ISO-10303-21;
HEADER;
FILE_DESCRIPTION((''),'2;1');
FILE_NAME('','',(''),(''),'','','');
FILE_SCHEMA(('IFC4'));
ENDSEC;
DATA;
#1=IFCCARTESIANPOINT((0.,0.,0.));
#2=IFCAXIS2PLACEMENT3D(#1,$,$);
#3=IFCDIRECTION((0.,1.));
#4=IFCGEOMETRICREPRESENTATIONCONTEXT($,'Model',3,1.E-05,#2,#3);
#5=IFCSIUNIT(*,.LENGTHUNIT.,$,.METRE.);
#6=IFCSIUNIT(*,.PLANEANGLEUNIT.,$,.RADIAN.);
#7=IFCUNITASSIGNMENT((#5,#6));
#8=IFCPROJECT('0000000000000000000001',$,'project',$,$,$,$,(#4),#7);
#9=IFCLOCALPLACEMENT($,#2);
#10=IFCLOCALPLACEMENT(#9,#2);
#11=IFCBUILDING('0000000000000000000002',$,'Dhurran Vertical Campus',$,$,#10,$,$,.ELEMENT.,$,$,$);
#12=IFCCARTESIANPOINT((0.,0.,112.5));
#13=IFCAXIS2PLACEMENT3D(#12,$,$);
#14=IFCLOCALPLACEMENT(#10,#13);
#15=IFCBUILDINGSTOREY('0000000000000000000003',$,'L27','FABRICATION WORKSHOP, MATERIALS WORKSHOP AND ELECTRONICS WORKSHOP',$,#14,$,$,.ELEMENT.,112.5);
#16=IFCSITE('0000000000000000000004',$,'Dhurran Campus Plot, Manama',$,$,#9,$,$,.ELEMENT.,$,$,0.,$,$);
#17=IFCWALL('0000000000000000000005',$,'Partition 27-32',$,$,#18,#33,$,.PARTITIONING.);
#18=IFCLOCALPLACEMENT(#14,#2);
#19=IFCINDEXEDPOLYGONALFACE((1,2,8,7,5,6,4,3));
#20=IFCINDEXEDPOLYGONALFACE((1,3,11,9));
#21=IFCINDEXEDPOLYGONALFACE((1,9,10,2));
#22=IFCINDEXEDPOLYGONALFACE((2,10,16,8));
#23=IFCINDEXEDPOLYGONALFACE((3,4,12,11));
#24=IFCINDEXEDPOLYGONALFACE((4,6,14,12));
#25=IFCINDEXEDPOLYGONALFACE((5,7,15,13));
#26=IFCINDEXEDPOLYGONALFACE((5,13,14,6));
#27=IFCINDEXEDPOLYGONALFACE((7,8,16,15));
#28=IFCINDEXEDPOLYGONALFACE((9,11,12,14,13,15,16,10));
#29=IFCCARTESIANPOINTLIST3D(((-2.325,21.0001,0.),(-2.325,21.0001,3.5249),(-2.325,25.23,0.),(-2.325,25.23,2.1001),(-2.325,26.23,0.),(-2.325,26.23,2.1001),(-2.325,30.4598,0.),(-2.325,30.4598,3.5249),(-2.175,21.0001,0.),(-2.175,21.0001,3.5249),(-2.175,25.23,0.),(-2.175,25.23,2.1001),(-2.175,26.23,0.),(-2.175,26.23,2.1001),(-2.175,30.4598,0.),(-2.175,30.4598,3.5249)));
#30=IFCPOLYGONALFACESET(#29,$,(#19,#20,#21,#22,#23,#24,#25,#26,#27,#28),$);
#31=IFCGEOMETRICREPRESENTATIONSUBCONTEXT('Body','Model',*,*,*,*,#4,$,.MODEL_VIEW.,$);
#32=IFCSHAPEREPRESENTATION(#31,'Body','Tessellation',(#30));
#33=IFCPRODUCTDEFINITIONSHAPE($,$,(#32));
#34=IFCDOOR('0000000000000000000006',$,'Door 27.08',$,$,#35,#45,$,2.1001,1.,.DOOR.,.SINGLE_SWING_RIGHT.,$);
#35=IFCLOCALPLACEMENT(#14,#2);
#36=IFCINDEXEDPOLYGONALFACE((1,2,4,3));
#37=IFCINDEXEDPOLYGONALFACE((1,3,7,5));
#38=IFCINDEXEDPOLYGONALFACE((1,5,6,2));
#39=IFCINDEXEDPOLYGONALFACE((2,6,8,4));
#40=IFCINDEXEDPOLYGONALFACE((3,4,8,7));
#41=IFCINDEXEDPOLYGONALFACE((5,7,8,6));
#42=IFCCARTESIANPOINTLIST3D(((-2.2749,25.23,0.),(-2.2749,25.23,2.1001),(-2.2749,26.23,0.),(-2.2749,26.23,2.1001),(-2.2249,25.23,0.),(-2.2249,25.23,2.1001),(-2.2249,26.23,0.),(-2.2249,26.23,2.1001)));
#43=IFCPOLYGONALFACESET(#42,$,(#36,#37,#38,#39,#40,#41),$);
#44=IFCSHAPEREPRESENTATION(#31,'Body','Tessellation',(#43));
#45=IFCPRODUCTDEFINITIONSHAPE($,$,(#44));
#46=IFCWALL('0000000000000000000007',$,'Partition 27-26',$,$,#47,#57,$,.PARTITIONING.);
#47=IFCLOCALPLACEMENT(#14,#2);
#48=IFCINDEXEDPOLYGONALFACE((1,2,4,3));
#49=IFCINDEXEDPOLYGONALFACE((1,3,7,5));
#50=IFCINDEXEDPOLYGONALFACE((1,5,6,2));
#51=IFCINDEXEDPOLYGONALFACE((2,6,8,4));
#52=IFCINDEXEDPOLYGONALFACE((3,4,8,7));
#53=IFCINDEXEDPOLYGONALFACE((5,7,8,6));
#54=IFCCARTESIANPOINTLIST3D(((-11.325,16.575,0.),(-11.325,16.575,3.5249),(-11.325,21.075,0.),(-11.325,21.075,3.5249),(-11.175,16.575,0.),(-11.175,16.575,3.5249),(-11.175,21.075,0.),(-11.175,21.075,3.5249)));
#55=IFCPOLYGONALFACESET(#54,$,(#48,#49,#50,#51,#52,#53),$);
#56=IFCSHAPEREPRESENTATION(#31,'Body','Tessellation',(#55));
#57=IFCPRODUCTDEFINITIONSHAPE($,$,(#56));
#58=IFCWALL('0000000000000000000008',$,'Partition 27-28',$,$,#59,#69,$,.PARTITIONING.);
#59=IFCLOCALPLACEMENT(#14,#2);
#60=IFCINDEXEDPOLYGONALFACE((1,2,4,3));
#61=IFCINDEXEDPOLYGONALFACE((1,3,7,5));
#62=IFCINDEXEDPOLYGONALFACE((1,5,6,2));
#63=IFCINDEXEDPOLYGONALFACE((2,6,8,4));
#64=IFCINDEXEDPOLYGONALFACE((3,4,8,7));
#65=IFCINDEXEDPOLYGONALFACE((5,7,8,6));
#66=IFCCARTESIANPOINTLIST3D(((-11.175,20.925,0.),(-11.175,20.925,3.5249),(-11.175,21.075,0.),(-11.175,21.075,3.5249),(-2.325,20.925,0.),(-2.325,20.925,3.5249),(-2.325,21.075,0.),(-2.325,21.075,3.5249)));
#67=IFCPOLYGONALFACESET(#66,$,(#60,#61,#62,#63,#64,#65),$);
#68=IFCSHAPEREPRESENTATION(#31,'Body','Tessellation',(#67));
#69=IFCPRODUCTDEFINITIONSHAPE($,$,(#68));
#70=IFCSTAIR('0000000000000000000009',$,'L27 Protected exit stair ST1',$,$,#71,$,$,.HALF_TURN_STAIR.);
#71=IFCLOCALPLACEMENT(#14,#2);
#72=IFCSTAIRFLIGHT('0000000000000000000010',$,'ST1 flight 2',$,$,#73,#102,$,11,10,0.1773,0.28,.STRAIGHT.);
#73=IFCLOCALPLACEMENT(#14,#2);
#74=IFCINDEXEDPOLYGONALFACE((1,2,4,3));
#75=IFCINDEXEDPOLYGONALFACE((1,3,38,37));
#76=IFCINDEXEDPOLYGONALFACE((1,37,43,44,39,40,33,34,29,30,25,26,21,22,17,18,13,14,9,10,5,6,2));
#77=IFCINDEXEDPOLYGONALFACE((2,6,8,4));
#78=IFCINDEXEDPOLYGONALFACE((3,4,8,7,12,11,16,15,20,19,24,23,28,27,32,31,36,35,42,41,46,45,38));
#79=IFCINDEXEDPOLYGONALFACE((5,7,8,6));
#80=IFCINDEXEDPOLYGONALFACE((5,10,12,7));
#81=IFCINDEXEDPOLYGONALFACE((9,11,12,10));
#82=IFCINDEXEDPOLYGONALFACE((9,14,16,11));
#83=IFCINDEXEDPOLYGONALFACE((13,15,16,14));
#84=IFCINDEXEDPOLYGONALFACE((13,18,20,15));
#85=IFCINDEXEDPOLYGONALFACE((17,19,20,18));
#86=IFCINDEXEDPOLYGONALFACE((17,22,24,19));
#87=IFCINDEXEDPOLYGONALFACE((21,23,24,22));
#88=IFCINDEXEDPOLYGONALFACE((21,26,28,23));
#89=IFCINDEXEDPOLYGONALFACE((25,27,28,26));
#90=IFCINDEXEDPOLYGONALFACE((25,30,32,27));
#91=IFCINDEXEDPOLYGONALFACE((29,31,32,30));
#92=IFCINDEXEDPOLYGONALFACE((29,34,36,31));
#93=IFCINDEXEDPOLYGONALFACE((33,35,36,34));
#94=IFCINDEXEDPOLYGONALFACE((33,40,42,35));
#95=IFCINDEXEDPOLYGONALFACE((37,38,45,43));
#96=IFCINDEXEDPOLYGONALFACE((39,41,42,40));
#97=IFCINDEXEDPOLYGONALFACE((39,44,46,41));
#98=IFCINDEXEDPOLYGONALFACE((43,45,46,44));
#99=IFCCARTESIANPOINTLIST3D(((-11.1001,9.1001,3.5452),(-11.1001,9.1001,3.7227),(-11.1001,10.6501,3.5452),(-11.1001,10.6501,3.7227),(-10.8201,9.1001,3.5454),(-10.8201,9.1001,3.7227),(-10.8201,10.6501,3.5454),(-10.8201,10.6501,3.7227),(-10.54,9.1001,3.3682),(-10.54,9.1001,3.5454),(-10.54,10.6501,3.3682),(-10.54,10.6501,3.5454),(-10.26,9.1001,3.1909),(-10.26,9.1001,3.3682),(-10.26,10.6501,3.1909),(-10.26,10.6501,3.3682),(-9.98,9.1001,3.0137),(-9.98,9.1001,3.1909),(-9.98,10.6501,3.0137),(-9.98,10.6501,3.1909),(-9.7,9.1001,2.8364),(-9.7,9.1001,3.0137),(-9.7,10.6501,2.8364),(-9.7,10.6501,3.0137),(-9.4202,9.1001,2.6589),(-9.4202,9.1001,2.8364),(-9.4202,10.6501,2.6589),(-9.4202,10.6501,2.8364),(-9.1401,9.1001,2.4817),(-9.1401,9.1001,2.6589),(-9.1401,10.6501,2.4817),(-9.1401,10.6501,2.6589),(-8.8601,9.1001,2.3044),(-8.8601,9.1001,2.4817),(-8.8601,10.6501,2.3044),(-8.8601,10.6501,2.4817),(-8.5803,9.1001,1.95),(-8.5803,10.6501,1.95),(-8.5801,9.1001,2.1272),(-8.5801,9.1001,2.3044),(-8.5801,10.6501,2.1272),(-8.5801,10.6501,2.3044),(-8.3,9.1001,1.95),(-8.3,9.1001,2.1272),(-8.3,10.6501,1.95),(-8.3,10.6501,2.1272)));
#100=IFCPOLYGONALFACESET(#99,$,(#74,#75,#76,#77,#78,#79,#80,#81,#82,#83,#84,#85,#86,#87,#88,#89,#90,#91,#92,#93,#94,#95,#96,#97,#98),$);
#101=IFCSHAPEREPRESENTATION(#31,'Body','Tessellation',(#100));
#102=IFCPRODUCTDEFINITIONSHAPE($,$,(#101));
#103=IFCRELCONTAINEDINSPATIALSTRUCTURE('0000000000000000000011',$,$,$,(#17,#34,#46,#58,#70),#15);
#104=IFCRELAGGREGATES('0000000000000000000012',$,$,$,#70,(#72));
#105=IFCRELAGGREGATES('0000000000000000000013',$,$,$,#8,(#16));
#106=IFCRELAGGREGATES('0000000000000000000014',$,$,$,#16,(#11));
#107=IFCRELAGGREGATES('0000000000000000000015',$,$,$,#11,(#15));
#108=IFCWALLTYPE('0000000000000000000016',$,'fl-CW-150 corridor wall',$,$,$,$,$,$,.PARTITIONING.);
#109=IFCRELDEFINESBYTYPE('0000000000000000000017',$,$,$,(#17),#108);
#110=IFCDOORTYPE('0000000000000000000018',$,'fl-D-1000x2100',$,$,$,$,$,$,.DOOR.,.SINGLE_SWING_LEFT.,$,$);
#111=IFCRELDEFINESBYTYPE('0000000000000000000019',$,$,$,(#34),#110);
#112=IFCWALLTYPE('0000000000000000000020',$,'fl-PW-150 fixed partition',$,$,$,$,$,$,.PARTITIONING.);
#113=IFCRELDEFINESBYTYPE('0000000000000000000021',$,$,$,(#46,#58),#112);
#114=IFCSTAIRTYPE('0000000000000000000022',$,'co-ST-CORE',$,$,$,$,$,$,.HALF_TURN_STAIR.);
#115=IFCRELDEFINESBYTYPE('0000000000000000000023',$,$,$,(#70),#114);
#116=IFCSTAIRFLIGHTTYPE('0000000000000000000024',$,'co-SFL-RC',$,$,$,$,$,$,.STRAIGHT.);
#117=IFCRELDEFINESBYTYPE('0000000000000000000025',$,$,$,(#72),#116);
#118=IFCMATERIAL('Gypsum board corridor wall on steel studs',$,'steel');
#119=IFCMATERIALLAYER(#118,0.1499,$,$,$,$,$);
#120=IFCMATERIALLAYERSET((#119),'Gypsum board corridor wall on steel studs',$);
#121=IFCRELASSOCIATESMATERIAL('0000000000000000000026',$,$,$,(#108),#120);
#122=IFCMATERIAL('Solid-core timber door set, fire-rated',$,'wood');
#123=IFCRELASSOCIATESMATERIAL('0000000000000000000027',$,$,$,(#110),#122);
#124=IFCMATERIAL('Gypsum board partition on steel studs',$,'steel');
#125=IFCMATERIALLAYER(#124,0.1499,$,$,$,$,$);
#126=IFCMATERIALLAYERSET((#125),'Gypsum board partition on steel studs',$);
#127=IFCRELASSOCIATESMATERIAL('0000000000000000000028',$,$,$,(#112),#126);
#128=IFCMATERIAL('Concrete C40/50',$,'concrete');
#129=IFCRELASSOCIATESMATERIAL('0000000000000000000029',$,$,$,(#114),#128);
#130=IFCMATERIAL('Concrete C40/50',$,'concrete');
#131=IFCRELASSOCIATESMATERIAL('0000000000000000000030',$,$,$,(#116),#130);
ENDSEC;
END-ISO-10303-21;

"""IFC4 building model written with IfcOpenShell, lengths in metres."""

from ifc_helpers import new_model, si_unit, direction, frame, frame_2d, origin, place, context, subcontext, project, spatial, polyline, rectangle, outline, extrude, material, layer, layer_set, type_object, element, fill, aggregate, save


model = new_model("IFC4")

# Units and contexts
model_context = context("Model", 3, precision=1e-05, world=origin(), true_north=direction((0.0, 1.0)))
body_context = subcontext(model_context, "Body", "Model", "MODEL_VIEW")
ifc_project = project(units=[si_unit("LENGTHUNIT", "METRE"), si_unit("PLANEANGLEUNIT", "RADIAN")], contexts=[model_context])

# Site, building, storey
site_placement = place(None, origin())
site = spatial("IfcSite", under=ifc_project, at=site_placement, Name="Dhurran Campus Plot, Manama", CompositionType="ELEMENT", RefElevation=0.0)
building_placement = place(site_placement, origin())
building = spatial("IfcBuilding", under=site, at=building_placement, Name="Dhurran Vertical Campus", CompositionType="ELEMENT")
storey_placement = place(building_placement, frame((0.0, 0.0, 112.5)))
storey = spatial("IfcBuildingStorey", under=building, at=storey_placement, Name="L27", Description="FABRICATION WORKSHOP, MATERIALS WORKSHOP AND ELECTRONICS WORKSHOP", CompositionType="ELEMENT", Elevation=112.5)

# Shared definitions
ifc_material_1 = material(Name="Gypsum board corridor wall on steel studs", Category="steel")
ifc_layer_1 = layer(ifc_material_1, 0.1499)
ifc_layer_set_1 = layer_set([ifc_layer_1], Name="Gypsum board corridor wall on steel studs")
wall_type_1 = type_object("IfcWallType", Name="fl-CW-150 corridor wall", PredefinedType="PARTITIONING", material=ifc_layer_set_1)

# Shared definitions
ifc_material_2 = material(Name="Solid-core timber door set, fire-rated", Category="wood")
door_type_1 = type_object("IfcDoorType", Name="fl-D-1000x2100", OperationType="SINGLE_SWING_LEFT", PredefinedType="DOOR", material=ifc_material_2)

# Wall, opening, door
wall_1_placement = place(storey_placement, frame((-2.25, 21.0, 0.0), z_axis=(0.0, 0.0, 1.0), x_axis=(0.0, 1.0, 0.0)))
wall_1 = element("IfcWall", 1, at=wall_1_placement, inside=storey, type_object=wall_type_1, Name="Partition 27-32", PredefinedType="PARTITIONING", context=body_context, shape_type="SweptSolid", body=[
    extrude(rectangle(XDim=9.4597, YDim=0.1499, at=frame_2d((4.73, 0.0))), origin(), (0.0, 0.0, 1.0), 3.5249),
])
opening_1_placement = place(wall_1_placement, frame((4.23, 0.0, 0.0)))
opening_1 = element("IfcOpeningElement", 2, at=opening_1_placement, cuts=wall_1, PredefinedType="OPENING", context=body_context, shape_type="SweptSolid", body=[
    extrude(rectangle(XDim=1.0, YDim=2.1001, at=frame_2d((0.5, 1.05))), frame((0.0, 0.085, 0.0), z_axis=(0.0, -1.0, 0.0), x_axis=(1.0, 0.0, 0.0)), (0.0, 0.0, 1.0), 0.1699),
])
door_1_placement = place(opening_1_placement, origin())
door_1 = element("IfcDoor", 3, at=door_1_placement, inside=storey, type_object=door_type_1, Name="Door 27.08", OperationType="SINGLE_SWING_RIGHT", OverallHeight=2.1001, OverallWidth=1.0, PredefinedType="DOOR", context=body_context, shape_type="SweptSolid", body=[
    extrude(rectangle(XDim=1.0, YDim=2.1001, at=frame_2d((0.5, 1.05))), frame((0.0, 0.0249, 0.0), z_axis=(0.0, -1.0, 0.0), x_axis=(1.0, 0.0, 0.0)), (0.0, 0.0, 1.0), 0.05),
])
fill(opening_1, door_1)

# Walls
ifc_material_3 = material(Name="Gypsum board partition on steel studs", Category="steel")
ifc_layer_2 = layer(ifc_material_3, 0.1499)
ifc_layer_set_2 = layer_set([ifc_layer_2], Name="Gypsum board partition on steel studs")
wall_type_2 = type_object("IfcWallType", Name="fl-PW-150 fixed partition", PredefinedType="PARTITIONING", material=ifc_layer_set_2)
wall_2_placement = place(storey_placement, frame((-11.25, 21.075, 0.0), z_axis=(0.0, 0.0, 1.0), x_axis=(0.0, -1.0, 0.0)))
element("IfcWall", 4, at=wall_2_placement, inside=storey, type_object=wall_type_2, Name="Partition 27-26", PredefinedType="PARTITIONING", context=body_context, shape_type="SweptSolid", body=[
    extrude(rectangle(XDim=4.5, YDim=0.1499, at=frame_2d((2.25, 0.0))), origin(), (0.0, 0.0, 1.0), 3.5249),
])
wall_3_placement = place(storey_placement, frame((-2.325, 21.0, 0.0), z_axis=(0.0, 0.0, 1.0), x_axis=(-1.0, 0.0, 0.0)))
element("IfcWall", 5, at=wall_3_placement, inside=storey, type_object=wall_type_2, Name="Partition 27-28", PredefinedType="PARTITIONING", context=body_context, shape_type="SweptSolid", body=[
    extrude(rectangle(XDim=8.8501, YDim=0.1499, at=frame_2d((4.425, 0.0))), origin(), (0.0, 0.0, 1.0), 3.5249),
])

# Stair, stair flight
ifc_material_4 = material(Name="Concrete C40/50", Category="concrete")
stair_type = type_object("IfcStairType", Name="co-ST-CORE", PredefinedType="HALF_TURN_STAIR", material=ifc_material_4)
stair_placement = place(storey_placement, origin())
stair = element("IfcStair", 6, at=stair_placement, inside=storey, type_object=stair_type, Name="L27 Protected exit stair ST1", PredefinedType="HALF_TURN_STAIR")
ifc_material_5 = material(Name="Concrete C40/50", Category="concrete")
stair_flight_type = type_object("IfcStairFlightType", Name="co-SFL-RC", PredefinedType="STRAIGHT", material=ifc_material_5)
stair_flight_placement = place(storey_placement, frame((-8.3, 9.875, 1.95), z_axis=(0.0, 0.0, 1.0), x_axis=(-1.0, 0.0, 0.0)))
stair_flight = element("IfcStairFlight", 7, at=stair_flight_placement, type_object=stair_flight_type, Name="ST1 flight 2", NumberOfRisers=11, NumberOfTreads=10, PredefinedType="STRAIGHT", RiserHeight=0.1773, TreadLength=0.28, context=body_context, shape_type="SweptSolid", body=[
    extrude(outline(polyline([(0.0, 0.0), (0.0, 0.1772), (0.28, 0.1772), (0.28, 0.3545), (0.5601, 0.3545), (0.5601, 0.5317), (0.8401, 0.5317), (0.8401, 0.709), (1.1201, 0.709), (1.1201, 0.8865), (1.3999, 0.8865), (1.3999, 1.0637), (1.6799, 1.0637), (1.6799, 1.241), (1.96, 1.241), (1.96, 1.4182), (2.24, 1.4182), (2.24, 1.5955), (2.52, 1.5955), (2.52, 1.7727), (2.8, 1.7727), (2.8, 1.95), (2.8, 1.5952), (0.2803, 0.0), (0.0, 0.0)])), frame((0.0, 0.7749, 0.0), z_axis=(0.0, -1.0, 0.0), x_axis=(1.0, 0.0, 0.0)), (0.0, 0.0, 1.0), 1.55),
])
aggregate(stair, [stair_flight])

save(model, "model.ifc")
